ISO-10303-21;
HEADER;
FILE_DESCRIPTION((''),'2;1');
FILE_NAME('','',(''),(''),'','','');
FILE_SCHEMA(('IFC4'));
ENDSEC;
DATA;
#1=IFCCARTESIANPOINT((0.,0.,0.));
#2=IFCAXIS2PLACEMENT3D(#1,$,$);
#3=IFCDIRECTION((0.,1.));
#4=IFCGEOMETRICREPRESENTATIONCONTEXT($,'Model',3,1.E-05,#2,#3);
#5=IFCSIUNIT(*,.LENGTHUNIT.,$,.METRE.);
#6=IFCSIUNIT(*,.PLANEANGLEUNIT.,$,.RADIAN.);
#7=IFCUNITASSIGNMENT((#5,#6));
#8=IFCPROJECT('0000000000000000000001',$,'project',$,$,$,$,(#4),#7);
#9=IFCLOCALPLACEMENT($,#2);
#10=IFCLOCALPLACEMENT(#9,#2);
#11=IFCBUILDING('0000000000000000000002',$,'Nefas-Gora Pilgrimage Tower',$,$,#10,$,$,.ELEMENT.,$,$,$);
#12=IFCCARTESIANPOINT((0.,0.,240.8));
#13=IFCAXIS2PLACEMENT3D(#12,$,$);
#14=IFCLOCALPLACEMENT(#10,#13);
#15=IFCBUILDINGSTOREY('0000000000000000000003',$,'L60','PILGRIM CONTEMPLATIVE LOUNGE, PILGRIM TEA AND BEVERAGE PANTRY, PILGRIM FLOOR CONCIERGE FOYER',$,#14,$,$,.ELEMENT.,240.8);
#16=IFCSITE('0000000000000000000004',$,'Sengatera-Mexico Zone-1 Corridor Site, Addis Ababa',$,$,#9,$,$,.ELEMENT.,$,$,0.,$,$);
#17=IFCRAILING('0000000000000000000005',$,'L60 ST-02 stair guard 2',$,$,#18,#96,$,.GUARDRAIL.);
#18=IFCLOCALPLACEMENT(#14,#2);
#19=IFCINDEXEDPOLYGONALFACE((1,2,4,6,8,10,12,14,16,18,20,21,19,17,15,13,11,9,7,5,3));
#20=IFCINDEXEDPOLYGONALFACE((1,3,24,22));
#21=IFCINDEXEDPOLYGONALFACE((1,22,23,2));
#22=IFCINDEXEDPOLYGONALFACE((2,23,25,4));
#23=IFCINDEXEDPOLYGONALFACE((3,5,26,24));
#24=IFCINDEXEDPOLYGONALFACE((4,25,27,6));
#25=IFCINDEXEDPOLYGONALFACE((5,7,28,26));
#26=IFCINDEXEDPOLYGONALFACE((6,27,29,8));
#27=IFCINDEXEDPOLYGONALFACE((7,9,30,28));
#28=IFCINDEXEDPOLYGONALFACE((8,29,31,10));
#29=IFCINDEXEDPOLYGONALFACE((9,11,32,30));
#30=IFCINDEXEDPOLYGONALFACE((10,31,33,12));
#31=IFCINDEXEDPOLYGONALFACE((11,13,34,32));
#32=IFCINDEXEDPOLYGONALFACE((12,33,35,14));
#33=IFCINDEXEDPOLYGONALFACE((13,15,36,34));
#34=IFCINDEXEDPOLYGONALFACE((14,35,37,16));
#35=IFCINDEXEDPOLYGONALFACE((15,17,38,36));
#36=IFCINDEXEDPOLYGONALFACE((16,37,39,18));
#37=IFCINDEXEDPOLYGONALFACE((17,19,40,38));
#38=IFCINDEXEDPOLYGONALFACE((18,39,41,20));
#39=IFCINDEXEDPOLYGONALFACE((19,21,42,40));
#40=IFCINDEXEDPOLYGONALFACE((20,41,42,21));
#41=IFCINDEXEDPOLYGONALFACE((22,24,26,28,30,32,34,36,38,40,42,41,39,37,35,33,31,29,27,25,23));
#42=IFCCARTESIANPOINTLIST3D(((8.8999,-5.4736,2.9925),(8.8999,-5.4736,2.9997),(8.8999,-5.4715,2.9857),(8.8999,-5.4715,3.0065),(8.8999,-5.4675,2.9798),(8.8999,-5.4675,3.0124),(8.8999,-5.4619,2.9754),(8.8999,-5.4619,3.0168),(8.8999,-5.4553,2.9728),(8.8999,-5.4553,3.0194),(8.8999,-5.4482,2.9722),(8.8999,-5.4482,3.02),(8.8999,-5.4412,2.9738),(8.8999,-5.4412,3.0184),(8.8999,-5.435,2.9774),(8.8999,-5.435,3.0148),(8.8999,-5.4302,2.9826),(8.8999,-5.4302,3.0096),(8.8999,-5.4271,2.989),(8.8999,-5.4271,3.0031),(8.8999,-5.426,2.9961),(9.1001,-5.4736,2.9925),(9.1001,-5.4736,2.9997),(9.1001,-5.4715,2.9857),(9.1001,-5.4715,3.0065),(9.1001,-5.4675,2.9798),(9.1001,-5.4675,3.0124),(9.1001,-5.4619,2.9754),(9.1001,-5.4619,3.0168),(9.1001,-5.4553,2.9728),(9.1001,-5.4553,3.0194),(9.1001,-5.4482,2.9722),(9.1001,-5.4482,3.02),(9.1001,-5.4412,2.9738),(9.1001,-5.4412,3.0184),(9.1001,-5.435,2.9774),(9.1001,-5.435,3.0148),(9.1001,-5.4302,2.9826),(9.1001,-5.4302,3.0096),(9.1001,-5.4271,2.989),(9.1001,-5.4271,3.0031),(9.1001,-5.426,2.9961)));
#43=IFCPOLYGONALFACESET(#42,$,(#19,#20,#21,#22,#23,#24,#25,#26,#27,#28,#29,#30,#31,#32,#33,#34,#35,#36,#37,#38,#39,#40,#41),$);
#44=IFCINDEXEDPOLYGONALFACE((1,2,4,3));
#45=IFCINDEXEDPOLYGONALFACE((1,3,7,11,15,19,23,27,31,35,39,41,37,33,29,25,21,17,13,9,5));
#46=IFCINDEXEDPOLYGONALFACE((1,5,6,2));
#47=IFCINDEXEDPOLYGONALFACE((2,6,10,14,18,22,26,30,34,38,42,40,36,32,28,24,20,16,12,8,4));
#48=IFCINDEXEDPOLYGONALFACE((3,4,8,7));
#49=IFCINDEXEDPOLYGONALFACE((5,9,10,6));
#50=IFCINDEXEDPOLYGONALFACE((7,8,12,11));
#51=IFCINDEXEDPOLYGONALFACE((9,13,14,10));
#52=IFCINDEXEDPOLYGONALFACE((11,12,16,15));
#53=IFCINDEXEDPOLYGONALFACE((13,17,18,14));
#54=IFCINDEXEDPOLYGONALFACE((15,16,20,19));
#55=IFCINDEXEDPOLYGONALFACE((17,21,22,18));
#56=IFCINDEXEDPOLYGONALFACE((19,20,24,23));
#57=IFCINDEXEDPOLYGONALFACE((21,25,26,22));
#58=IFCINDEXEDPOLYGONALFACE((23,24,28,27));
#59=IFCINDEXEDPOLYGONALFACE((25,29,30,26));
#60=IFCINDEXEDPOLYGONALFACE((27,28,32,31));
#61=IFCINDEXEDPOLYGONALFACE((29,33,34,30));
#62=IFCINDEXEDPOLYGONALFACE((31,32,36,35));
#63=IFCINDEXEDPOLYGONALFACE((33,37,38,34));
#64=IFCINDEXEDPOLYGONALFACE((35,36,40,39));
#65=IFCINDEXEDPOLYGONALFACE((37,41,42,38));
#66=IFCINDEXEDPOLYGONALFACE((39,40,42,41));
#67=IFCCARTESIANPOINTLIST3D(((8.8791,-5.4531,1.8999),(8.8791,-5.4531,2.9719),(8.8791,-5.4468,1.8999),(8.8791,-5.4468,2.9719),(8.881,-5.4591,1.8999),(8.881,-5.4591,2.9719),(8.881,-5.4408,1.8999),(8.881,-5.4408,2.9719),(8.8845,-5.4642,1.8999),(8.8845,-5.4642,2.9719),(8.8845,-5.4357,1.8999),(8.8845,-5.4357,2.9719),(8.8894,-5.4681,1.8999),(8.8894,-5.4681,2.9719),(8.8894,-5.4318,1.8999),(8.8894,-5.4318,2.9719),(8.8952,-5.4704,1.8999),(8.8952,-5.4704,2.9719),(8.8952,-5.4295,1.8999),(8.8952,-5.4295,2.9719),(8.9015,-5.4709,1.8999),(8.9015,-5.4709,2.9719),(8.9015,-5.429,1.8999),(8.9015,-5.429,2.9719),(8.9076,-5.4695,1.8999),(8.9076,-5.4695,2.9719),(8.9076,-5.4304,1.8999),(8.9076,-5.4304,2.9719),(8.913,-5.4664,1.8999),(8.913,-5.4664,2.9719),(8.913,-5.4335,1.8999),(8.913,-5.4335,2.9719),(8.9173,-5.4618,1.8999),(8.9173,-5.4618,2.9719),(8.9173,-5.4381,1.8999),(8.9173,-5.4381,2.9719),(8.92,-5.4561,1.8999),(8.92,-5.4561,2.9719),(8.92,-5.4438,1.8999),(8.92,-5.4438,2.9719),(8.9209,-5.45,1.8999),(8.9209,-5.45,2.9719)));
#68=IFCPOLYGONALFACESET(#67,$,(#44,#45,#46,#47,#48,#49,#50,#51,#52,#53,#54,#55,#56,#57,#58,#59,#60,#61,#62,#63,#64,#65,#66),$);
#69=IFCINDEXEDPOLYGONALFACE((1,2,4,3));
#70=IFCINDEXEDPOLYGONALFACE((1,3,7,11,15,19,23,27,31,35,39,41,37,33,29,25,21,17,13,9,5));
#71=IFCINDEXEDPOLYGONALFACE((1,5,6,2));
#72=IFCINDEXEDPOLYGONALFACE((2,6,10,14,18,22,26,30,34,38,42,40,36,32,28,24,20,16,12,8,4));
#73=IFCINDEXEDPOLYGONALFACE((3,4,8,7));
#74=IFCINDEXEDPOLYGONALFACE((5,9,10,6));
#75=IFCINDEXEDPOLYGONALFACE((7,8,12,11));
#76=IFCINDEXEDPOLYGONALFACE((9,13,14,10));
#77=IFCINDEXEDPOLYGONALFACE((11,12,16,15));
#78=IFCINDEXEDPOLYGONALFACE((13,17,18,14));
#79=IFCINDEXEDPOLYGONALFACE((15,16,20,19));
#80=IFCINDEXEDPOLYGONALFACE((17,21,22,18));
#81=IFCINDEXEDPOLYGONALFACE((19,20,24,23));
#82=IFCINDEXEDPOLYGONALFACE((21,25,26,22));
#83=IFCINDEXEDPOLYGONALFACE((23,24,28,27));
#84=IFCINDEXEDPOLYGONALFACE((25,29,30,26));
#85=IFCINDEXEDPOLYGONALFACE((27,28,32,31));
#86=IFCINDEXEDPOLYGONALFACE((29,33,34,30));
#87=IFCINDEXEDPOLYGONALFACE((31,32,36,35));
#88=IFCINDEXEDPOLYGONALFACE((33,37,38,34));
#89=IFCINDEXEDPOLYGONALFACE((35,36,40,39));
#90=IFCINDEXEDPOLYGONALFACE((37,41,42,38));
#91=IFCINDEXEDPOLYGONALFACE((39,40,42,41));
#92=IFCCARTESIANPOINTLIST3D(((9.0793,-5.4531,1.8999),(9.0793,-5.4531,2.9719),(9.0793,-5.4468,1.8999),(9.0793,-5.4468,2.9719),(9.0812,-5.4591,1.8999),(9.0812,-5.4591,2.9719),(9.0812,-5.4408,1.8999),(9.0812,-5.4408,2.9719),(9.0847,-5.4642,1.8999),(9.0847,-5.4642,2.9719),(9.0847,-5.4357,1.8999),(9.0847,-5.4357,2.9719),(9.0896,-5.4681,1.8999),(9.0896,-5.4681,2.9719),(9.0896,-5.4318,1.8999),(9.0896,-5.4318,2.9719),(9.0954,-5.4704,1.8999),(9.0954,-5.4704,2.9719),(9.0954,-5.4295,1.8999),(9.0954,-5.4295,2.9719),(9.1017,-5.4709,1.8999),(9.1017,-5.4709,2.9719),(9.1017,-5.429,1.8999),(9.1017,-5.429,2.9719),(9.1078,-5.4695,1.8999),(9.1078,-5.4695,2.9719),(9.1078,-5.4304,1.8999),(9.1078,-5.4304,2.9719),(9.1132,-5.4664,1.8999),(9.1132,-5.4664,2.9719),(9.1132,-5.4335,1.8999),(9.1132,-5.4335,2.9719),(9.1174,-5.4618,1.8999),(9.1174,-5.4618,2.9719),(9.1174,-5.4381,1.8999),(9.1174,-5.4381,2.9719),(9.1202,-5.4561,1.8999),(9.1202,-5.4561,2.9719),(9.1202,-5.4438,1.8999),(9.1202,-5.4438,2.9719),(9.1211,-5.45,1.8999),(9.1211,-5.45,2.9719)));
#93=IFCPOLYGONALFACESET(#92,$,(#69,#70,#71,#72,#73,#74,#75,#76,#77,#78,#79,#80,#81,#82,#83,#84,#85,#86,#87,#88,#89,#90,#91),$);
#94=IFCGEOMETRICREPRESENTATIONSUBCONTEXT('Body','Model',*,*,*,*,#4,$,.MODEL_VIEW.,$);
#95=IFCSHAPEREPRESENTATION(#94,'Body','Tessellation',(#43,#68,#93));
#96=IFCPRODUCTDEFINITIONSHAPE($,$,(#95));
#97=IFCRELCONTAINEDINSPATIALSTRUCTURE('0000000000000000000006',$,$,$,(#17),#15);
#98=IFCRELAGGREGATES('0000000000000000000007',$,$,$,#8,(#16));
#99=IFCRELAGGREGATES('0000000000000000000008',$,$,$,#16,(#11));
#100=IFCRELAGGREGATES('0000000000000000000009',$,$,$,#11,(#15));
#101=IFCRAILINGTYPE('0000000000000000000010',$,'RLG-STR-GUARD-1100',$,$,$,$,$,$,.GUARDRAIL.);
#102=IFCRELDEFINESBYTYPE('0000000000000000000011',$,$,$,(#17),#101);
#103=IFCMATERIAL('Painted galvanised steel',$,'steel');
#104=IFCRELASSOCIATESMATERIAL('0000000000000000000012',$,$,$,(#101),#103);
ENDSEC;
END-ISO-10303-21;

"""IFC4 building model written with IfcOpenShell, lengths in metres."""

from ifc_helpers import new_model, si_unit, direction, frame, origin, origin_2d, place, context, subcontext, project, spatial, circle, extrude, material, type_object, element, save


model = new_model("IFC4")

# Units and contexts
model_context = context("Model", 3, precision=1e-05, world=origin(), true_north=direction((0.0, 1.0)))
body_context = subcontext(model_context, "Body", "Model", "MODEL_VIEW")
ifc_project = project(units=[si_unit("LENGTHUNIT", "METRE"), si_unit("PLANEANGLEUNIT", "RADIAN")], contexts=[model_context])

# Site, building, storey
site_placement = place(None, origin())
site = spatial("IfcSite", under=ifc_project, at=site_placement, Name="Sengatera-Mexico Zone-1 Corridor Site, Addis Ababa", CompositionType="ELEMENT", RefElevation=0.0)
building_placement = place(site_placement, origin())
building = spatial("IfcBuilding", under=site, at=building_placement, Name="Nefas-Gora Pilgrimage Tower", CompositionType="ELEMENT")
storey_placement = place(building_placement, frame((0.0, 0.0, 240.8)))
storey = spatial("IfcBuildingStorey", under=building, at=storey_placement, Name="L60", Description="PILGRIM CONTEMPLATIVE LOUNGE, PILGRIM TEA AND BEVERAGE PANTRY, PILGRIM FLOOR CONCIERGE FOYER", CompositionType="ELEMENT", Elevation=240.8)

# Railing
ifc_material_1 = material(Name="Painted galvanised steel", Category="steel")
railing_type_1 = type_object("IfcRailingType", Name="RLG-STR-GUARD-1100", PredefinedType="GUARDRAIL", material=ifc_material_1)
railing_1_placement = place(storey_placement, frame((8.8999, -5.45, 1.8999)))
element("IfcRailing", 1, at=railing_1_placement, inside=storey, type_object=railing_type_1, Name="L60 ST-02 stair guard 2", PredefinedType="GUARDRAIL", context=body_context, shape_type="SweptSolid", body=[
    extrude(circle(Radius=0.0239, at=origin_2d()), frame((0.0, 0.0, 1.0962), z_axis=(1.0, 0.0, 0.0), x_axis=(0.0, 1.0, 0.0)), (0.0, 0.0, 1.0), 0.2002),
    extrude(circle(Radius=0.021, at=origin_2d()), origin(), (0.0, 0.0, 1.0), 1.072),
    extrude(circle(Radius=0.021, at=origin_2d()), frame((0.2002, 0.0, 0.0)), (0.0, 0.0, 1.0), 1.072),
])

save(model, "model.ifc")
